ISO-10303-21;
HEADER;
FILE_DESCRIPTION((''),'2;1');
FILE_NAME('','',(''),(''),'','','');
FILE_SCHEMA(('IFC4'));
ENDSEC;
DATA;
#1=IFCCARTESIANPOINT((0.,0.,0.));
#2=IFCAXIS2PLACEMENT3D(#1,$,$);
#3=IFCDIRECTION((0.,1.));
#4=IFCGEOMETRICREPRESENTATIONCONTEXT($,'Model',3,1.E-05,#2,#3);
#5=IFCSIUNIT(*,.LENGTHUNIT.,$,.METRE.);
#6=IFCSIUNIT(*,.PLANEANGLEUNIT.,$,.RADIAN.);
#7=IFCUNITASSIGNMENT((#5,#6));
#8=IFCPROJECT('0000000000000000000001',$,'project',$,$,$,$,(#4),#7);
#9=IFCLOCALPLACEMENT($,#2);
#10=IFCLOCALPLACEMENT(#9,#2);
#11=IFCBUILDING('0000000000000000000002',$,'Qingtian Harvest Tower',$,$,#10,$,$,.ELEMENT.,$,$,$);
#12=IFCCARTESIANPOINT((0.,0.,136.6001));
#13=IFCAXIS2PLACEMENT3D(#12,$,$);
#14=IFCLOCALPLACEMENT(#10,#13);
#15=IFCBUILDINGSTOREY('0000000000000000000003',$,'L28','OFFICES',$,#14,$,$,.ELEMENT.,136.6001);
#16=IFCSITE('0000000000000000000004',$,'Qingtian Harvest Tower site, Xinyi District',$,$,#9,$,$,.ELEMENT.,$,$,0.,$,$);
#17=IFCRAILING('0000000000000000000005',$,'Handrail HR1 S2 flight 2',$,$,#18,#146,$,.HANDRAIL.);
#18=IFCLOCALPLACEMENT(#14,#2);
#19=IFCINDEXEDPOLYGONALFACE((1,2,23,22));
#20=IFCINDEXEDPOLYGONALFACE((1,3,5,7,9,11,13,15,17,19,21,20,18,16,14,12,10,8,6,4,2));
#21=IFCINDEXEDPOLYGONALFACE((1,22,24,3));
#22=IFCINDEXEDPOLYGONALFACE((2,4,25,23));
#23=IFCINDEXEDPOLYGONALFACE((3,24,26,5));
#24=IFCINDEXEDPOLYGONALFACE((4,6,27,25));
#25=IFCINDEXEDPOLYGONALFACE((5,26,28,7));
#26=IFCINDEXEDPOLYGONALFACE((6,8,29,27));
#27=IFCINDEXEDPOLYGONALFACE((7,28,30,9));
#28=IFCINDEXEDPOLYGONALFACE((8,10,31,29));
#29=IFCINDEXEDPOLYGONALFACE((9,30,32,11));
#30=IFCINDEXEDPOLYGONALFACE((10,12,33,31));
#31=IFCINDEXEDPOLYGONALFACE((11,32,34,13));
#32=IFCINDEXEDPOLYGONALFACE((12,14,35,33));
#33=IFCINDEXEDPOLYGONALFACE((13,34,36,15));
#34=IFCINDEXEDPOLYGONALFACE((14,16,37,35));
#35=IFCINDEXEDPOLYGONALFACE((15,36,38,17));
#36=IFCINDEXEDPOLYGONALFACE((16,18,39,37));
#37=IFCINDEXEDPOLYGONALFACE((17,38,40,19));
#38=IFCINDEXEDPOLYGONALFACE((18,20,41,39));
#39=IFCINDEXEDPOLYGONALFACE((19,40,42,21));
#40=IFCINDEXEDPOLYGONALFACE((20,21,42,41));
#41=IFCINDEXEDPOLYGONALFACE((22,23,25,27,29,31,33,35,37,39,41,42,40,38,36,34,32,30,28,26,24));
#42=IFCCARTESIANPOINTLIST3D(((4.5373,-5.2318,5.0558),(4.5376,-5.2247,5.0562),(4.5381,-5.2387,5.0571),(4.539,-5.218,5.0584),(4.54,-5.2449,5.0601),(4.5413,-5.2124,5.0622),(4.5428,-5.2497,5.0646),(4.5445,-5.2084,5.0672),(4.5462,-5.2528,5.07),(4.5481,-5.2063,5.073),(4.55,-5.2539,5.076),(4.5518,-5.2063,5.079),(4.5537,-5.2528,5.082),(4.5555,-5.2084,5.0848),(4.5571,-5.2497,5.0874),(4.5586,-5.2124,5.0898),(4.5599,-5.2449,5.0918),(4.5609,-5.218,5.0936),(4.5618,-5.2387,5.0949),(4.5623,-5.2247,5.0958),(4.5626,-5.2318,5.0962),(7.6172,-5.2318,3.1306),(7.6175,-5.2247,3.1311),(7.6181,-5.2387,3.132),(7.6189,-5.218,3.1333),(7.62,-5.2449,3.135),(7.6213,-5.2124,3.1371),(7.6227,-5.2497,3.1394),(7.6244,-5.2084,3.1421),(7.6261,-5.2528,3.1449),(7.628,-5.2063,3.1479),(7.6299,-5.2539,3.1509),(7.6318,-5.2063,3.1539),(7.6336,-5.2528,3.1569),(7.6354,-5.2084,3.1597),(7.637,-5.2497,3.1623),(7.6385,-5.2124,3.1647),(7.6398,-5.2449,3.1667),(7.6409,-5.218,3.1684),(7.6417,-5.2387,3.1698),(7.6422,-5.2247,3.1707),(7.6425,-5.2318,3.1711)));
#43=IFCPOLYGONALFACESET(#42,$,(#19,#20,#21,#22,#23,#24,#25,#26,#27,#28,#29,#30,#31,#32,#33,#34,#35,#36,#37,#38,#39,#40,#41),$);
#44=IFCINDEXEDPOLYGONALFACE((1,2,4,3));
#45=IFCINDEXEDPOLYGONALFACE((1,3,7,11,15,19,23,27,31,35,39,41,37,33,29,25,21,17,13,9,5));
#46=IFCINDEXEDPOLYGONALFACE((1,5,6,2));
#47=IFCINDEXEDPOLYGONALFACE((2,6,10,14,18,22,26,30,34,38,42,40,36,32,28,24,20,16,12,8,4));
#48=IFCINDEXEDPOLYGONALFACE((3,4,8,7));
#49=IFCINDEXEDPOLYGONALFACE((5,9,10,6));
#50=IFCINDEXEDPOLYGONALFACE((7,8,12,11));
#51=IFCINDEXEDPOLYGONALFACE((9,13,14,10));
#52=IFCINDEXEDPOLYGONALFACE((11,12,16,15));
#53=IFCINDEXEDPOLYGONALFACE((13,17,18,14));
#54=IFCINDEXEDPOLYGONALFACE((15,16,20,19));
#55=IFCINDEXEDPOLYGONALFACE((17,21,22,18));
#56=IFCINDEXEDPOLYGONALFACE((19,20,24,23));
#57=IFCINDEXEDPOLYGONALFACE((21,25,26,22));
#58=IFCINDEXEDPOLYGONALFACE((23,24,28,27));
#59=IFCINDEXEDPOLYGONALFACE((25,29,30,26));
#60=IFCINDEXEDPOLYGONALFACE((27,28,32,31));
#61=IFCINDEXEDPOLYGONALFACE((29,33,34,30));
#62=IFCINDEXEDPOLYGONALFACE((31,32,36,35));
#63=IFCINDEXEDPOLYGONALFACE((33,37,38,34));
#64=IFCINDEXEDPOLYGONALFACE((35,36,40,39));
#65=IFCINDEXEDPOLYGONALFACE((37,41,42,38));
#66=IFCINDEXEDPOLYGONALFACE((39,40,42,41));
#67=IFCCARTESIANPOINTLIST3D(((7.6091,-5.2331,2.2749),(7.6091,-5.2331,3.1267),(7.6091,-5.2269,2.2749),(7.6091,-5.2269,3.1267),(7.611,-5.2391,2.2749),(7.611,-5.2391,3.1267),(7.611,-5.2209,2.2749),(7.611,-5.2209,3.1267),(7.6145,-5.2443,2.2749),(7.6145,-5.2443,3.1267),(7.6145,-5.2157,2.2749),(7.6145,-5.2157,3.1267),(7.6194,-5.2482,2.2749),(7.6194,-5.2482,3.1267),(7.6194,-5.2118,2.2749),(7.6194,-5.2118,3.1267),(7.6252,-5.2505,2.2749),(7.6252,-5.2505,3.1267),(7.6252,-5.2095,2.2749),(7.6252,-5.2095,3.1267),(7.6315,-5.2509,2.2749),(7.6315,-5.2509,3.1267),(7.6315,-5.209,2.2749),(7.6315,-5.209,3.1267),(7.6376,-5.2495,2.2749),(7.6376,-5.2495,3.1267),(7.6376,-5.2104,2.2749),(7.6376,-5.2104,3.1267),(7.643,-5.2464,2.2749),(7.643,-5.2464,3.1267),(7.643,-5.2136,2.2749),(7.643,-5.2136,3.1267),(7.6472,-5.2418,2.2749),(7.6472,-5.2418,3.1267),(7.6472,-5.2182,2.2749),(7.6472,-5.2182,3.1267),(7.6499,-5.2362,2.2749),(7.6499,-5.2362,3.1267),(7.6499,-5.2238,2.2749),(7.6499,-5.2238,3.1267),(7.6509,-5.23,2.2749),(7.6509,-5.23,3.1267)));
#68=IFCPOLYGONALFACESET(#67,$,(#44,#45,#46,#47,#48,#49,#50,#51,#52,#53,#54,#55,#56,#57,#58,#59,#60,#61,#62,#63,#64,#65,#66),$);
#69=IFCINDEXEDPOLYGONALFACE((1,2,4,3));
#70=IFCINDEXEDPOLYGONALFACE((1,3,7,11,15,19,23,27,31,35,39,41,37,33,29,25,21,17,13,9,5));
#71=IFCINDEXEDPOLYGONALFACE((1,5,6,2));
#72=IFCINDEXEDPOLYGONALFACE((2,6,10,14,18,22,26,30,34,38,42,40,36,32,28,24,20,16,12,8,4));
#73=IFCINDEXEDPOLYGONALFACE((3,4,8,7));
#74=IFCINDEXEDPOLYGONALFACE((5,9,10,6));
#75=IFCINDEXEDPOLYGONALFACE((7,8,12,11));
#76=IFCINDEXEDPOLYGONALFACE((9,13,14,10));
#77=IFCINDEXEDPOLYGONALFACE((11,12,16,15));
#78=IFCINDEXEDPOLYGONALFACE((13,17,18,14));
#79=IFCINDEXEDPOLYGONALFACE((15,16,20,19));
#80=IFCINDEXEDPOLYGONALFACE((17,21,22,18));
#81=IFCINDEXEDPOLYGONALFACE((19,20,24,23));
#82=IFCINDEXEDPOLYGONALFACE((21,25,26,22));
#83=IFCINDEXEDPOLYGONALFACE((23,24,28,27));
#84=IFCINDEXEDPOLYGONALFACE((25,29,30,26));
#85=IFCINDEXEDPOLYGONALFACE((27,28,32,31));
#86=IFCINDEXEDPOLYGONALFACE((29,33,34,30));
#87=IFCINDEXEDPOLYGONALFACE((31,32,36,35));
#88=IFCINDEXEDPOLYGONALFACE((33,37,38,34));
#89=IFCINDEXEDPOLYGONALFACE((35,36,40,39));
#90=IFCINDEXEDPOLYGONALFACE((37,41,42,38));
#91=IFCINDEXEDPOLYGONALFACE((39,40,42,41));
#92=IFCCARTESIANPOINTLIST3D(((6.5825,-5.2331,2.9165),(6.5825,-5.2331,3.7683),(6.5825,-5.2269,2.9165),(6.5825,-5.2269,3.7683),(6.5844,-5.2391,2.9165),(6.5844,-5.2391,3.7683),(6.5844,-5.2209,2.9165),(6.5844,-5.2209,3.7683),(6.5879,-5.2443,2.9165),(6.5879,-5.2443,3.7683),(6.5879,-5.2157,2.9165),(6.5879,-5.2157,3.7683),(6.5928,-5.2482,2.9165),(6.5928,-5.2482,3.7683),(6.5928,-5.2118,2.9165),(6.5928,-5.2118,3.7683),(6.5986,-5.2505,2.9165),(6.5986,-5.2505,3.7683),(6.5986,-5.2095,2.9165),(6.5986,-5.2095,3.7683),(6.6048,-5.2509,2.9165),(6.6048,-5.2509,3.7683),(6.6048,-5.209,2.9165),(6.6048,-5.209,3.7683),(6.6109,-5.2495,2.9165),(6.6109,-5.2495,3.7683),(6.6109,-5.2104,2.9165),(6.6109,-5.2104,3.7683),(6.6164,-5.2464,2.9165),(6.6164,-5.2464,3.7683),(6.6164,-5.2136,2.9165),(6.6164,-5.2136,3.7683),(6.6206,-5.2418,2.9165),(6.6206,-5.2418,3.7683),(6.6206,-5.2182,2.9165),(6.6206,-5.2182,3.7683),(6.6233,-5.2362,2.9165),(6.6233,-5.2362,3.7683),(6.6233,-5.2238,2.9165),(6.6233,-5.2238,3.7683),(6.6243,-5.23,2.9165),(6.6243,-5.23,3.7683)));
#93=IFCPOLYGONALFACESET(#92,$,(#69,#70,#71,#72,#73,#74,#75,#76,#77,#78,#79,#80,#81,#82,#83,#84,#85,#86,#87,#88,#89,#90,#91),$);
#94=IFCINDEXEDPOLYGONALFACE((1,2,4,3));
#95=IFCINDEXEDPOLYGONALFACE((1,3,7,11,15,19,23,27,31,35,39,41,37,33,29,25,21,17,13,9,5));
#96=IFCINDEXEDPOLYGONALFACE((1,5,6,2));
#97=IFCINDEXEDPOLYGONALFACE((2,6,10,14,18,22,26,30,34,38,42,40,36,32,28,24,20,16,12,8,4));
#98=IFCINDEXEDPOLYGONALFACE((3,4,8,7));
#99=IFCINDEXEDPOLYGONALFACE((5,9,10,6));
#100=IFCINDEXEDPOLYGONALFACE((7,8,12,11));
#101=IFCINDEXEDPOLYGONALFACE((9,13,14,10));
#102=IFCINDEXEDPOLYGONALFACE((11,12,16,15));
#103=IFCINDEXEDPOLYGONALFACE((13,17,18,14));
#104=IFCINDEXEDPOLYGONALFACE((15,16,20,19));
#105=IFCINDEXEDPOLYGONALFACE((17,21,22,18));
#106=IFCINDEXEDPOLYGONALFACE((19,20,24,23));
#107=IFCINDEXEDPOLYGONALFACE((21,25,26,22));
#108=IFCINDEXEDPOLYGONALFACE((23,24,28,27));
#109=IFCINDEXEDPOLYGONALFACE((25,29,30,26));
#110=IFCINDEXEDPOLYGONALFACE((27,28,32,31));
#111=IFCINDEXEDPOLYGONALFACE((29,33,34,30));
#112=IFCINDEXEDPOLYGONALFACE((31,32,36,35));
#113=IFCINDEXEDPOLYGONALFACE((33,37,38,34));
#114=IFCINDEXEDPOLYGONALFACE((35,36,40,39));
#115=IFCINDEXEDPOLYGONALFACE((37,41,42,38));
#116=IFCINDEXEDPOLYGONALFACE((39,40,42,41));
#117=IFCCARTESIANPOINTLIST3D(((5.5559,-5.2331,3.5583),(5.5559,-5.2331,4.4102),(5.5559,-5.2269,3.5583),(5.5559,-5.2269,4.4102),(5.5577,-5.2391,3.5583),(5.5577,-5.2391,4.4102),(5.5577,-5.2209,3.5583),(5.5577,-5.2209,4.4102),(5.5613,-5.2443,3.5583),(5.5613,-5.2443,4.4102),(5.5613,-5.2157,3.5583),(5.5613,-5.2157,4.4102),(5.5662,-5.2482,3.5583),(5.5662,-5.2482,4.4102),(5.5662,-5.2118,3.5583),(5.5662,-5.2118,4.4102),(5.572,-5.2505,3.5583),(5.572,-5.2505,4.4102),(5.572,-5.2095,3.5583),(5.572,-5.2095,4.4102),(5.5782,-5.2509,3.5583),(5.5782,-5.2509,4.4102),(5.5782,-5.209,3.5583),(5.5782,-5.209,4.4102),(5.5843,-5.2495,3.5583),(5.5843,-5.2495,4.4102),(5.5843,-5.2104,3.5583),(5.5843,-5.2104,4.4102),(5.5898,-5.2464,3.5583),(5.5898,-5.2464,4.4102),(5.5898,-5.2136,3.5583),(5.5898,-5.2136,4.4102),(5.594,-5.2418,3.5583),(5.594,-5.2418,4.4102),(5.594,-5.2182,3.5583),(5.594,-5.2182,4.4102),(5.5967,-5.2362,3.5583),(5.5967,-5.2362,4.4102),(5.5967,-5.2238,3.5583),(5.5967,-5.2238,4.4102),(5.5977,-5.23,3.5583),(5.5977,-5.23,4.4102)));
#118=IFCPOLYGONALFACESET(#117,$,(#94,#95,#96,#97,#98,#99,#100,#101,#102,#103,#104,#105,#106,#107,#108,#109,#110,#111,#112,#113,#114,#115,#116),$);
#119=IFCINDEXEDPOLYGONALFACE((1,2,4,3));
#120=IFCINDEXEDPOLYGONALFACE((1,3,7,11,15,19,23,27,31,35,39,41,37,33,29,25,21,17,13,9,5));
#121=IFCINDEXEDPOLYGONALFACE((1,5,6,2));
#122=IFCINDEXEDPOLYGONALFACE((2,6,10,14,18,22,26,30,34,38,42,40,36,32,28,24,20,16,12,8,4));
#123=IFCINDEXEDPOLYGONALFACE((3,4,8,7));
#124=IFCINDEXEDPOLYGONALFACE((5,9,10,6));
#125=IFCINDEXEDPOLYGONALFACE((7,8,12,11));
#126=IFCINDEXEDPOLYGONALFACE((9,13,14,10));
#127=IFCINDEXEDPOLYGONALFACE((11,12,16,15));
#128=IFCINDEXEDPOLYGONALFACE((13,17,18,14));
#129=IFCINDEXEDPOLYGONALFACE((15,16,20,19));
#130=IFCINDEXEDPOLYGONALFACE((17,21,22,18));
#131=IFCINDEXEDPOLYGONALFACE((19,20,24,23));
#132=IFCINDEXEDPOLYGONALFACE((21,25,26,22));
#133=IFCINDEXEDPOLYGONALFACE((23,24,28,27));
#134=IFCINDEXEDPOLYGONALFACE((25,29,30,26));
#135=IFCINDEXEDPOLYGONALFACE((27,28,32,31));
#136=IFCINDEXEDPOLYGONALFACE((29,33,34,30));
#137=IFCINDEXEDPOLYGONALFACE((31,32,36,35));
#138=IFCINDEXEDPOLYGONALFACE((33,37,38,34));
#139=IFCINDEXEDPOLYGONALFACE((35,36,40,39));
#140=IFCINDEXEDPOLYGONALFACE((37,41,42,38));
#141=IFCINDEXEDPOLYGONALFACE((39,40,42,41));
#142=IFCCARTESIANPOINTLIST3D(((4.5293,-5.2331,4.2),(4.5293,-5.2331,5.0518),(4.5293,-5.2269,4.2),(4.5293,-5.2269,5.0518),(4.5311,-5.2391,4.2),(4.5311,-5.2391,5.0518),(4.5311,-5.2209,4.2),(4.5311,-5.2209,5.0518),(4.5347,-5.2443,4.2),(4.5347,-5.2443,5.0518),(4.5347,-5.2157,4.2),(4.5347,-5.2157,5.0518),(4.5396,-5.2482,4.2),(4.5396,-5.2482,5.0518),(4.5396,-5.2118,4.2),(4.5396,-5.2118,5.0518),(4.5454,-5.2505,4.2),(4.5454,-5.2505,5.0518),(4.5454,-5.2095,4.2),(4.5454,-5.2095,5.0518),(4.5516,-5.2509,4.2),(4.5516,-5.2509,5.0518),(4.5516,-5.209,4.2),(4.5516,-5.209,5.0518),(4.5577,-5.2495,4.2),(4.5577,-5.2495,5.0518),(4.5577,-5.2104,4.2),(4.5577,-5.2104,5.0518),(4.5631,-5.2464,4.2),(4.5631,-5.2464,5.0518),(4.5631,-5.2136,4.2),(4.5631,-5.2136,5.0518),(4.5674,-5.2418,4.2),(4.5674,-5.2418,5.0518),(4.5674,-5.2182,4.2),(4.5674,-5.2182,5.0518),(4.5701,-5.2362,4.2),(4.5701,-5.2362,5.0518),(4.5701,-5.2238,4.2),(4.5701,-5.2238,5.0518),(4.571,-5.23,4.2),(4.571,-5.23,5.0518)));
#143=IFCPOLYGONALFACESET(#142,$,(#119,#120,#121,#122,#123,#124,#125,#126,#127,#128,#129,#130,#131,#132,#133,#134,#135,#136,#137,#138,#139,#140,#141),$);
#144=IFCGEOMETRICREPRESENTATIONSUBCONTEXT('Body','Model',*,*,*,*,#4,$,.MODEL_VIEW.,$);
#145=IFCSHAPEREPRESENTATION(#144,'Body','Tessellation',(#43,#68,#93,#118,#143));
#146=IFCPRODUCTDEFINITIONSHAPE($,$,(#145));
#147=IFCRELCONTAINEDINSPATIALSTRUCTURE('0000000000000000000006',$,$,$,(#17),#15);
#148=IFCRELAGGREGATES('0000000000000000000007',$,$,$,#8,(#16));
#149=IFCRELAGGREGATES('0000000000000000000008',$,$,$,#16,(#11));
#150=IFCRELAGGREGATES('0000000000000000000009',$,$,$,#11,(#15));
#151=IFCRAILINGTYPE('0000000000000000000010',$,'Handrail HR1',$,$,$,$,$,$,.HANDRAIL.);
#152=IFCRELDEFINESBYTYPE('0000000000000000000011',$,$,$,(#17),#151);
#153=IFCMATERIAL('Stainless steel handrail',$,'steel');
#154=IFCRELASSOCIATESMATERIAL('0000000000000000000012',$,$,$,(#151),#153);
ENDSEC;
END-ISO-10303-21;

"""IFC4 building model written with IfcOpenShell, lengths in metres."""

from ifc_helpers import new_model, si_unit, direction, frame, origin, origin_2d, place, context, subcontext, project, spatial, circle, extrude, material, type_object, element, save


model = new_model("IFC4")

# Units and contexts
model_context = context("Model", 3, precision=1e-05, world=origin(), true_north=direction((0.0, 1.0)))
body_context = subcontext(model_context, "Body", "Model", "MODEL_VIEW")
ifc_project = project(units=[si_unit("LENGTHUNIT", "METRE"), si_unit("PLANEANGLEUNIT", "RADIAN")], contexts=[model_context])

# Site, building, storey
site_placement = place(None, origin())
site = spatial("IfcSite", under=ifc_project, at=site_placement, Name="Qingtian Harvest Tower site, Xinyi District", CompositionType="ELEMENT", RefElevation=0.0)
building_placement = place(site_placement, origin())
building = spatial("IfcBuilding", under=site, at=building_placement, Name="Qingtian Harvest Tower", CompositionType="ELEMENT")
storey_placement = place(building_placement, frame((0.0, 0.0, 136.6001)))
storey = spatial("IfcBuildingStorey", under=building, at=storey_placement, Name="L28", Description="OFFICES", CompositionType="ELEMENT", Elevation=136.6001)

# Railing
ifc_material_1 = material(Name="Stainless steel handrail", Category="steel")
railing_type = type_object("IfcRailingType", Name="Handrail HR1", PredefinedType="HANDRAIL", material=ifc_material_1)
railing_1_placement = place(storey_placement, frame((7.6299, -5.23, 2.2749)))
element("IfcRailing", 1, at=railing_1_placement, inside=storey, type_object=railing_type, Name="Handrail HR1 S2 flight 2", PredefinedType="HANDRAIL", context=body_context, shape_type="SweptSolid", body=[
    extrude(circle(Radius=0.0239, at=origin_2d()), frame((0.0, 0.0, 0.876), z_axis=(-0.847979, 0.0, 0.530029), x_axis=(0.0, -1.0, 0.0)), (0.0, 0.0, 1.0), 3.6321),
    extrude(circle(Radius=0.021, at=origin_2d()), origin(), (0.0, 0.0, 1.0), 0.8518),
    extrude(circle(Radius=0.021, at=origin_2d()), frame((-1.0266, 0.0, 0.6416)), (0.0, 0.0, 1.0), 0.8518),
    extrude(circle(Radius=0.021, at=origin_2d()), frame((-2.0532, 0.0, 1.2834)), (0.0, 0.0, 1.0), 0.8518),
    extrude(circle(Radius=0.021, at=origin_2d()), frame((-3.0798, 0.0, 1.925)), (0.0, 0.0, 1.0), 0.8518),
])

save(model, "model.ifc")
